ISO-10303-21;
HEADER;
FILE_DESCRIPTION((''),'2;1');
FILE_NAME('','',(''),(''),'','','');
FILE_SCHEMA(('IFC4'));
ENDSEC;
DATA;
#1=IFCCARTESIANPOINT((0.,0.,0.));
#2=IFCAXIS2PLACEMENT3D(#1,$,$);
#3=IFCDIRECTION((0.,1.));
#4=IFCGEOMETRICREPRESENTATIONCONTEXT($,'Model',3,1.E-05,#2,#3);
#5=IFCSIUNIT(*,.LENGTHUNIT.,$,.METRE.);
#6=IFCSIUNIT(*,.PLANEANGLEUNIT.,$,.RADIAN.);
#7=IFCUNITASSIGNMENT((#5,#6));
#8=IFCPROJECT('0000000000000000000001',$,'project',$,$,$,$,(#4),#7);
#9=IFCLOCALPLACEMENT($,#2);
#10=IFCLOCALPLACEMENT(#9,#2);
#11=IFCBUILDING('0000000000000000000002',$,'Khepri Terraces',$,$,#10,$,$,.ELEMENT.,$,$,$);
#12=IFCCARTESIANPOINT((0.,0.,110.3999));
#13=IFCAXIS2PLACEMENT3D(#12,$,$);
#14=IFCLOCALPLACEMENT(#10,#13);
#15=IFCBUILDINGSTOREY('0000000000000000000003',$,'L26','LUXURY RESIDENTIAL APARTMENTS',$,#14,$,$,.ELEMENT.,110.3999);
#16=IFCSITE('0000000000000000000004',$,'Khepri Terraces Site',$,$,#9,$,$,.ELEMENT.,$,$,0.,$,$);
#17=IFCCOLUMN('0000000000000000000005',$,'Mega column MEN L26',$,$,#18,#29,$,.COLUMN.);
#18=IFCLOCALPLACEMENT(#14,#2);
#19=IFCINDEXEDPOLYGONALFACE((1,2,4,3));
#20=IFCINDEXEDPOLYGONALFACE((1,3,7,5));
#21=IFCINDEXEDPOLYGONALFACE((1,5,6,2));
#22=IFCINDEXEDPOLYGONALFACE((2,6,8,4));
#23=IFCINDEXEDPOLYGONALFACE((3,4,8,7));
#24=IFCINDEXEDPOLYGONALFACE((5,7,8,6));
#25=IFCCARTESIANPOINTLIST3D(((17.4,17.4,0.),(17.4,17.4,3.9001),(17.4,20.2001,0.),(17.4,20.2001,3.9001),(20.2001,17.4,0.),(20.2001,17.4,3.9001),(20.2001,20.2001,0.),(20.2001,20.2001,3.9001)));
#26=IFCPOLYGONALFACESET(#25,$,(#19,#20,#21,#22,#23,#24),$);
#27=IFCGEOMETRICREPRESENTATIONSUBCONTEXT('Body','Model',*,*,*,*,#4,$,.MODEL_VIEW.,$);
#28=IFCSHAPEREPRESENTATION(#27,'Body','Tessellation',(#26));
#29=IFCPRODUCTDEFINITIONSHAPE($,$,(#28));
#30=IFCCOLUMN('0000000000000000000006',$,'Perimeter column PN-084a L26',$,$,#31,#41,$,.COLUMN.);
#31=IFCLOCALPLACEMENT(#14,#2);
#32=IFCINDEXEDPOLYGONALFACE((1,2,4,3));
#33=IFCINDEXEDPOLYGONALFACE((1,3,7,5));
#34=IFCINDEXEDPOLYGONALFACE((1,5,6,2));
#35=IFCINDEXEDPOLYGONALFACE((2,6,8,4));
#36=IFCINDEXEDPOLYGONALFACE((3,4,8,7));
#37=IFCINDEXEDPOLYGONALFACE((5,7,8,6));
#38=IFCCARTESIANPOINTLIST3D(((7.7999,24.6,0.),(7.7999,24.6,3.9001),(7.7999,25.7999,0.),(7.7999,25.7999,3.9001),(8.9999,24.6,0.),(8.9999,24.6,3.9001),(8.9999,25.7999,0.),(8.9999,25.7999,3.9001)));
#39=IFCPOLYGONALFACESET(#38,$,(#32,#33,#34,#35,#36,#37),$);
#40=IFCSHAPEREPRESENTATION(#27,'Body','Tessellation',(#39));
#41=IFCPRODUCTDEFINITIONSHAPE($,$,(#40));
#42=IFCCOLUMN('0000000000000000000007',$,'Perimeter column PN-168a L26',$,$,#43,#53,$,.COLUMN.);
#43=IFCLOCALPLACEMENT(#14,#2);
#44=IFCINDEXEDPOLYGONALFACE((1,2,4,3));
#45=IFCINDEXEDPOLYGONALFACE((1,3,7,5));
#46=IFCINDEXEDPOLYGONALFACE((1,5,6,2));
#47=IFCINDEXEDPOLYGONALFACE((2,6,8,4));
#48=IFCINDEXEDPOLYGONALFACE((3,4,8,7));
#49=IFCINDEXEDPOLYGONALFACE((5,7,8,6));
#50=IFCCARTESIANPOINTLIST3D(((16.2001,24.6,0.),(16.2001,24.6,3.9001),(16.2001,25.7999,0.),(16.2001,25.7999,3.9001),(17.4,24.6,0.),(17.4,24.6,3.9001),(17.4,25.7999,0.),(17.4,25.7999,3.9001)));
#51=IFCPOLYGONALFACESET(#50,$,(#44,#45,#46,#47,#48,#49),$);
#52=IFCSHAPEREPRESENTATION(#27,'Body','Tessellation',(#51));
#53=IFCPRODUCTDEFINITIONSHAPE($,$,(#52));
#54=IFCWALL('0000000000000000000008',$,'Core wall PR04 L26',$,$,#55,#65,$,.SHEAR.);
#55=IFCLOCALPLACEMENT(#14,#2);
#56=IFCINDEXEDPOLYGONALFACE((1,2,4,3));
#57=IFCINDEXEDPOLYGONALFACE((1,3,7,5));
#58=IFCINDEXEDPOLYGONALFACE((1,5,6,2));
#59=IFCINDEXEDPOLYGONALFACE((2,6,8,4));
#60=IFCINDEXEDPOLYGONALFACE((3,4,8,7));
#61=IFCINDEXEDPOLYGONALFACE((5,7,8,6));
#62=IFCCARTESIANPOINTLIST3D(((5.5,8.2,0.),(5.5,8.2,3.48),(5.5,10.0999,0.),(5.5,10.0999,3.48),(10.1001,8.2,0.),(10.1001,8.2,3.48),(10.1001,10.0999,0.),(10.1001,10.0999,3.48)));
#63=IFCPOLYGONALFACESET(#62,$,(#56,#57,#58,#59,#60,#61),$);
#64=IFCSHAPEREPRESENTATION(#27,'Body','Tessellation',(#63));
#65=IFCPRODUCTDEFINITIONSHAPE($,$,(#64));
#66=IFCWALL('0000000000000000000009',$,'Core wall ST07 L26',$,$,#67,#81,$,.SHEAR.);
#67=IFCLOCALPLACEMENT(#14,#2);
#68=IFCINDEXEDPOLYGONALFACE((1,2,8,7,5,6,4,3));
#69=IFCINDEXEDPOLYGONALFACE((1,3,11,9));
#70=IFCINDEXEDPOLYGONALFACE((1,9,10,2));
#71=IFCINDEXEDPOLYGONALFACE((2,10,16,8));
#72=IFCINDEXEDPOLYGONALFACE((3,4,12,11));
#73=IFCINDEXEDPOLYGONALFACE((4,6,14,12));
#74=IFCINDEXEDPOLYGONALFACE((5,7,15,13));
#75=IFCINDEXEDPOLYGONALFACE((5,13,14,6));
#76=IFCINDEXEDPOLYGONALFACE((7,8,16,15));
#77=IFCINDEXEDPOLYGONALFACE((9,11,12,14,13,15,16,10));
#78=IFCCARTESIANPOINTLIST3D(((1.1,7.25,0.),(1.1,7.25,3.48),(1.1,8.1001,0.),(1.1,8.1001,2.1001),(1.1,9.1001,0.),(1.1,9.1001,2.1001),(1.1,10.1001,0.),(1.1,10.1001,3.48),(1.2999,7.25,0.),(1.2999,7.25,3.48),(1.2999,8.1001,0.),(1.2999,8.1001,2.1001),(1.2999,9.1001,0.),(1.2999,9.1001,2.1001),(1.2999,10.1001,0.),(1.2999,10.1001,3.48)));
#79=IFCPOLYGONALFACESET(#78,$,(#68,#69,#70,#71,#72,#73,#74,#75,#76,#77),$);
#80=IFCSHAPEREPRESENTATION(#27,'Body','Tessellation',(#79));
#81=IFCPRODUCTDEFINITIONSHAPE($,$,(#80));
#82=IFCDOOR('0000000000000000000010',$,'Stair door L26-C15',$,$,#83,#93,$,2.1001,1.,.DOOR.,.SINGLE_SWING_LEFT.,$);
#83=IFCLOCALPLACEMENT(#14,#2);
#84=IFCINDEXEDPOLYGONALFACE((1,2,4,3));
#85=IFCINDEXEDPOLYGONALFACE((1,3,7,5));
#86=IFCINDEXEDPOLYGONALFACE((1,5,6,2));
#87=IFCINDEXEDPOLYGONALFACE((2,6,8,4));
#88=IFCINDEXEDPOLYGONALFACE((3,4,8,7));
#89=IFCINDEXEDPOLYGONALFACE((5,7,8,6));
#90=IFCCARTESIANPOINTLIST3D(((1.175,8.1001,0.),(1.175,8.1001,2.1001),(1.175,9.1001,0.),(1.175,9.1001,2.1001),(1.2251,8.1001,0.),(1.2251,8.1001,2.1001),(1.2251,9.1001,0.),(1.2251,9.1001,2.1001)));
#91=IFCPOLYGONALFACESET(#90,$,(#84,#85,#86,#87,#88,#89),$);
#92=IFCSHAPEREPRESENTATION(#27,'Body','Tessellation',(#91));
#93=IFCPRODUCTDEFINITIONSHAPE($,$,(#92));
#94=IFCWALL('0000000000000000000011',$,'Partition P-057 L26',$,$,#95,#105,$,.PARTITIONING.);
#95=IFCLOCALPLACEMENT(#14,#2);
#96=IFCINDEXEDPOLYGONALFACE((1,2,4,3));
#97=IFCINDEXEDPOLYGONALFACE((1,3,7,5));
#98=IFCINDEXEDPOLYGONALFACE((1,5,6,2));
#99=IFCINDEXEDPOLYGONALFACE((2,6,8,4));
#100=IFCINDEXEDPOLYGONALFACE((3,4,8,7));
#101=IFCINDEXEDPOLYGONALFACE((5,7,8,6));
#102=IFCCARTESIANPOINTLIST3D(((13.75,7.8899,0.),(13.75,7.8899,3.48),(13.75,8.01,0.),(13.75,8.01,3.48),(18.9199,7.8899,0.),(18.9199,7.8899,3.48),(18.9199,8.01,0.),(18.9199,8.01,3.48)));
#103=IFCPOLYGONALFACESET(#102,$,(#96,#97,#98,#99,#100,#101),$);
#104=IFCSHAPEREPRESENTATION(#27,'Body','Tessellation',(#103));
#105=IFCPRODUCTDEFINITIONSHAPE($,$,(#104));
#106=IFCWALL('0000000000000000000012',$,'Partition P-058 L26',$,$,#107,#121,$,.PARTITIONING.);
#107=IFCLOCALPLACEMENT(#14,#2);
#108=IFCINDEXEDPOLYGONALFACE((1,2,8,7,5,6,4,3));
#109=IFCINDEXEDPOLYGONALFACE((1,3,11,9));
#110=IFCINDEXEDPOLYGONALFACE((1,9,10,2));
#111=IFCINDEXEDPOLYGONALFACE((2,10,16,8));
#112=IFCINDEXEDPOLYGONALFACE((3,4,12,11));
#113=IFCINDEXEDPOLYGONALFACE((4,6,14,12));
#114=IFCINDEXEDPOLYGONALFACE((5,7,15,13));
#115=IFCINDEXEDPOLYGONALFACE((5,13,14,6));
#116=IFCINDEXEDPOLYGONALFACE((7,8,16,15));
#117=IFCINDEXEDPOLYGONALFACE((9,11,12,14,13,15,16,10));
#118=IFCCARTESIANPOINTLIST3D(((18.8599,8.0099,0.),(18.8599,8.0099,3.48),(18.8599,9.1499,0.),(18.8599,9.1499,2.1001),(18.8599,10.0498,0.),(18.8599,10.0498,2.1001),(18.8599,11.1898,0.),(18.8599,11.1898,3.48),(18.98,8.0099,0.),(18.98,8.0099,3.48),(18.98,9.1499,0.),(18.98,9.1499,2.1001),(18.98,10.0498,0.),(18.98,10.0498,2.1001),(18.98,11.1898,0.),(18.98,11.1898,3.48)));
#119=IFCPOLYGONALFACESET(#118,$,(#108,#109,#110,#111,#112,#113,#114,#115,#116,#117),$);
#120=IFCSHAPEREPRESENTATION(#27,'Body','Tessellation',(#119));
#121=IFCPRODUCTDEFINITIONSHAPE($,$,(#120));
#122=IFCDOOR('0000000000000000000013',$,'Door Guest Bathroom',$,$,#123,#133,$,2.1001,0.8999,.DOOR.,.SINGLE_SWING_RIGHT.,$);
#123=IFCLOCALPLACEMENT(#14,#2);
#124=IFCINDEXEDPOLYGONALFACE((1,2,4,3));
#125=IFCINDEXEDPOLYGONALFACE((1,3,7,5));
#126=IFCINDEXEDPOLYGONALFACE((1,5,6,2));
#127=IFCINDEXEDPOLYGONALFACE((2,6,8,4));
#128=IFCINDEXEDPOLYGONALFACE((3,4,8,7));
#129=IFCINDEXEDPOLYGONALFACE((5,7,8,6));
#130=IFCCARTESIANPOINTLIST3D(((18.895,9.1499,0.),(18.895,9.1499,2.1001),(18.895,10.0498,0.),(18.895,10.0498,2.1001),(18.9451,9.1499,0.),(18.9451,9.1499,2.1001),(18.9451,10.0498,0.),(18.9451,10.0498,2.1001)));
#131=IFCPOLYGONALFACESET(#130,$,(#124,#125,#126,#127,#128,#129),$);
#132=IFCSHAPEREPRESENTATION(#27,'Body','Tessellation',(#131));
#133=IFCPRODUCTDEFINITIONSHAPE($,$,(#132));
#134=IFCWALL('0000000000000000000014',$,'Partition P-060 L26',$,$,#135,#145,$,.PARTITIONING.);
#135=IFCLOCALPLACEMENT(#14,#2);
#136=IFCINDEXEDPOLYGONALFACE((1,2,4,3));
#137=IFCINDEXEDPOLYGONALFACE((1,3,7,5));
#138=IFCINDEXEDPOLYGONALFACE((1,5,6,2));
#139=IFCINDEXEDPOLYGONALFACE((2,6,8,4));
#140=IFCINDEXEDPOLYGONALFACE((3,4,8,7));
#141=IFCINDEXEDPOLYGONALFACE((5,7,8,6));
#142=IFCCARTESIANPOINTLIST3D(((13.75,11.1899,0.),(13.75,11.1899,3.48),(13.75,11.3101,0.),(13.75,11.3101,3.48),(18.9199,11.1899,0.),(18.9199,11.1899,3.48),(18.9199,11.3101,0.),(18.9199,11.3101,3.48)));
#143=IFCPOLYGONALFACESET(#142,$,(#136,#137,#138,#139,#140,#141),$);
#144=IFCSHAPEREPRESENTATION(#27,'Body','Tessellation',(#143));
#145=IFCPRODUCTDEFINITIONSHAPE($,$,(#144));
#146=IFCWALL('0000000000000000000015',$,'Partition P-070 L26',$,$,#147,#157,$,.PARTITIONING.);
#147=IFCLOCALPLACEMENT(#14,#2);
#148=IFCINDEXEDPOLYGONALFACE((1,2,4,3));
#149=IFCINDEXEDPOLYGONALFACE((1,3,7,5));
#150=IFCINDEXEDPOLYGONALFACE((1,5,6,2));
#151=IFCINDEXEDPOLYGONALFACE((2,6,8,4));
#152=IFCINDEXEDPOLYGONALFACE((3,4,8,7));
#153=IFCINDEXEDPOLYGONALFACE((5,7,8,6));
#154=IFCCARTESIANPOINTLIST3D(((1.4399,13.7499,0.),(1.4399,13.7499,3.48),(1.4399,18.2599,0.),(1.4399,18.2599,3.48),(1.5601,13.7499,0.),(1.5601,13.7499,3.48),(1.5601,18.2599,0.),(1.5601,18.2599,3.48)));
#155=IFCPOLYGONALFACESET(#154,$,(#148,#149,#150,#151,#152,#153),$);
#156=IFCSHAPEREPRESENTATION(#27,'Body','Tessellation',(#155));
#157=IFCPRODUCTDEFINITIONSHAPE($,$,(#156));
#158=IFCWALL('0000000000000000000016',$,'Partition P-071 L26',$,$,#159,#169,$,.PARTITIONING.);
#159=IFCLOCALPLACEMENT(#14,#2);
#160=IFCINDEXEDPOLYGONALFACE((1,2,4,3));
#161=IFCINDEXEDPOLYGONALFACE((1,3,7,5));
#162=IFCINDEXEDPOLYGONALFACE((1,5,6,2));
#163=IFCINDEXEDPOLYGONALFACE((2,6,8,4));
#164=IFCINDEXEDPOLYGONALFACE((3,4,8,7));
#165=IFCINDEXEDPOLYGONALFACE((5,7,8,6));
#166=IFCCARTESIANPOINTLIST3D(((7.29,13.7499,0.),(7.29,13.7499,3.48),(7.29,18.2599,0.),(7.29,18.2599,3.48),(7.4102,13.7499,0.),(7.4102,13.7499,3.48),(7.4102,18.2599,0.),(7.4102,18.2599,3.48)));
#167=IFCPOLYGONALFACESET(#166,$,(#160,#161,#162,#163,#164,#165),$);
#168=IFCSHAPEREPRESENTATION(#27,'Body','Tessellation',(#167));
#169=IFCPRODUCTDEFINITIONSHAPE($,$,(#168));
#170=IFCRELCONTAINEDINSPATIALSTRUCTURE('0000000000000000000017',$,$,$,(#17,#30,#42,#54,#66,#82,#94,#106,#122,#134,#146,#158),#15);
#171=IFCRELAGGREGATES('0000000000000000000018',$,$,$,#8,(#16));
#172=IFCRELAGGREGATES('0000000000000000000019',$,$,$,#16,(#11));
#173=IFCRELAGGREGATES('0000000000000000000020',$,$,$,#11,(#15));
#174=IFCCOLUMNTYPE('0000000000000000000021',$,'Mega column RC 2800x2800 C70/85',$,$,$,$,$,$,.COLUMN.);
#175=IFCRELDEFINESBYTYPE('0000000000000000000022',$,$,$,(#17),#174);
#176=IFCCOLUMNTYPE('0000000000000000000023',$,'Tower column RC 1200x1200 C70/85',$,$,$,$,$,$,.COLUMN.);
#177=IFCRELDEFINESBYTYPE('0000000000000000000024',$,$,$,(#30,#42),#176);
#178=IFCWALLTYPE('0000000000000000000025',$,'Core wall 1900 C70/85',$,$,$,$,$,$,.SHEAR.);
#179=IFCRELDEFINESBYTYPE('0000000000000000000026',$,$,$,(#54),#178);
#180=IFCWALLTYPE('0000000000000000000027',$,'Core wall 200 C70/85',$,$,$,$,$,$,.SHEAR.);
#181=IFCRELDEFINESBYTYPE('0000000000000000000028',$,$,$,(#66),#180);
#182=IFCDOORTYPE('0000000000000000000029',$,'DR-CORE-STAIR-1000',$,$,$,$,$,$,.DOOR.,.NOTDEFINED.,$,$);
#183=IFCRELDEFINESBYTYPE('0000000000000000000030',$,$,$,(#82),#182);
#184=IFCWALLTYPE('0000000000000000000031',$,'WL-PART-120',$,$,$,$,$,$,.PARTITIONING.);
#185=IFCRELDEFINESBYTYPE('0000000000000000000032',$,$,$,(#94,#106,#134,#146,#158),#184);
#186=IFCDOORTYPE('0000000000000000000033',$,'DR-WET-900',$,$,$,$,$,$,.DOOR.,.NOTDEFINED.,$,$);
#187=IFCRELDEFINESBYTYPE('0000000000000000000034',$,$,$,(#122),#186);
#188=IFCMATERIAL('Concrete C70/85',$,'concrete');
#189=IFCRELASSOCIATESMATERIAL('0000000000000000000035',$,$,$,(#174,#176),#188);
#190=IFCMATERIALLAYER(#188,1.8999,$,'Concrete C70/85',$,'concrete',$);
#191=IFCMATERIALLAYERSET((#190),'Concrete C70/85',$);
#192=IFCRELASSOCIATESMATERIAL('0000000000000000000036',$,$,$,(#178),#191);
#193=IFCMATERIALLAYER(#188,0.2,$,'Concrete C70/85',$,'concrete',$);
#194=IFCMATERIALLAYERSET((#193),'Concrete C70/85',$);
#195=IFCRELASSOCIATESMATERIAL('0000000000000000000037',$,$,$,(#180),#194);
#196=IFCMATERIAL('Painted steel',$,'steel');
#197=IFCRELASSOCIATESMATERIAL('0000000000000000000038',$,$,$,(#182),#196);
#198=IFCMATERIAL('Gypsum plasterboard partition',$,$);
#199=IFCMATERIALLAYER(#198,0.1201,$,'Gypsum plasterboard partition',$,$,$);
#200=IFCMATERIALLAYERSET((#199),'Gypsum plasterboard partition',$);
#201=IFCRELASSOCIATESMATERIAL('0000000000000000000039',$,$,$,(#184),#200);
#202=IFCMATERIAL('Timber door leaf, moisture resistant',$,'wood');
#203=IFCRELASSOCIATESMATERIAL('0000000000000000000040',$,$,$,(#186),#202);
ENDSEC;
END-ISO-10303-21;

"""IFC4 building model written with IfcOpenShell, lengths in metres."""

from ifc_helpers import new_model, si_unit, direction, frame, frame_2d, origin, origin_2d, place, context, subcontext, project, spatial, rectangle, extrude, material, layer, layer_set, material_profile, profile_set, type_object, element, fill, save


model = new_model("IFC4")

# Units and contexts
model_context = context("Model", 3, precision=1e-05, world=origin(), true_north=direction((0.0, 1.0)))
body_context = subcontext(model_context, "Body", "Model", "MODEL_VIEW")
ifc_project = project(units=[si_unit("LENGTHUNIT", "METRE"), si_unit("PLANEANGLEUNIT", "RADIAN")], contexts=[model_context])

# Site, building, storey
site_placement = place(None, origin())
site = spatial("IfcSite", under=ifc_project, at=site_placement, Name="Khepri Terraces Site", CompositionType="ELEMENT", RefElevation=0.0)
building_placement = place(site_placement, origin())
building = spatial("IfcBuilding", under=site, at=building_placement, Name="Khepri Terraces", CompositionType="ELEMENT")
storey_placement = place(building_placement, frame((0.0, 0.0, 110.3999)))
storey = spatial("IfcBuildingStorey", under=building, at=storey_placement, Name="L26", Description="LUXURY RESIDENTIAL APARTMENTS", CompositionType="ELEMENT", Elevation=110.3999)

# Columns
ifc_material_1 = material(Name="Concrete C70/85", Category="concrete")
ifc_material_profile_1 = material_profile(ifc_material_1, rectangle(XDim=2.8, YDim=2.8, at=origin_2d()), Name="Concrete C70/85", Category="concrete")
ifc_profile_set_1 = profile_set([ifc_material_profile_1], Name="Concrete C70/85")
column_type_1 = type_object("IfcColumnType", Name="Mega column RC 2800x2800 C70/85", PredefinedType="COLUMN", material=ifc_profile_set_1)
column_placement = place(storey_placement, frame((18.8, 18.8, 0.0), z_axis=(0.0, 0.0, 1.0), x_axis=(1.0, 0.0, 0.0)))
element("IfcColumn", 1, at=column_placement, inside=storey, type_object=column_type_1, Name="Mega column MEN L26", PredefinedType="COLUMN", context=body_context, shape_type="SweptSolid", body=[
    extrude(rectangle(XDim=2.8, YDim=2.8, at=origin_2d()), origin(), (0.0, 0.0, 1.0), 3.9001),
])
ifc_material_profile_2 = material_profile(ifc_material_1, rectangle(XDim=1.2, YDim=1.2, at=origin_2d()), Name="Concrete C70/85", Category="concrete")
ifc_profile_set_2 = profile_set([ifc_material_profile_2], Name="Concrete C70/85")
column_type_2 = type_object("IfcColumnType", Name="Tower column RC 1200x1200 C70/85", PredefinedType="COLUMN", material=ifc_profile_set_2)
for number, where, z_axis, x_axis, name in (
    (2, (8.3999, 25.2, 0.0), (0.0, 0.0, 1.0), (1.0, 0.0, 0.0), "Perimeter column PN-084a L26"),
    (3, (16.8, 25.2, 0.0), (0.0, 0.0, 1.0), (1.0, 0.0, 0.0), "Perimeter column PN-168a L26"),
):
    element("IfcColumn", number, at=place(storey_placement, frame(where, z_axis=z_axis, x_axis=x_axis)), inside=storey, type_object=column_type_2, Name=name, PredefinedType="COLUMN", context=body_context, shape_type="SweptSolid", body=[
        extrude(rectangle(XDim=1.2, YDim=1.2, at=origin_2d()), origin(), (0.0, 0.0, 1.0), 3.9001),
    ])

# Wall
ifc_layer_1 = layer(ifc_material_1, 1.8999, Name="Concrete C70/85", Category="concrete")
ifc_layer_set_1 = layer_set([ifc_layer_1], Name="Concrete C70/85")
wall_type_1 = type_object("IfcWallType", Name="Core wall 1900 C70/85", PredefinedType="SHEAR", material=ifc_layer_set_1)
wall_1_placement = place(storey_placement, frame((5.5, 9.1499, 0.0), z_axis=(0.0, 0.0, 1.0), x_axis=(1.0, 0.0, 0.0)))
element("IfcWall", 4, at=wall_1_placement, inside=storey, type_object=wall_type_1, Name="Core wall PR04 L26", PredefinedType="SHEAR", context=body_context, shape_type="SweptSolid", body=[
    extrude(rectangle(XDim=4.6001, YDim=1.8999, at=frame_2d((2.3, 0.0))), origin(), (0.0, 0.0, 1.0), 3.48),
])

# Wall, opening, door
ifc_layer_2 = layer(ifc_material_1, 0.2, Name="Concrete C70/85", Category="concrete")
ifc_layer_set_2 = layer_set([ifc_layer_2], Name="Concrete C70/85")
wall_type_2 = type_object("IfcWallType", Name="Core wall 200 C70/85", PredefinedType="SHEAR", material=ifc_layer_set_2)
wall_2_placement = place(storey_placement, frame((1.2, 7.25, 0.0), z_axis=(0.0, 0.0, 1.0), x_axis=(0.0, 1.0, 0.0)))
wall_2 = element("IfcWall", 5, at=wall_2_placement, inside=storey, type_object=wall_type_2, Name="Core wall ST07 L26", PredefinedType="SHEAR", context=body_context, shape_type="SweptSolid", body=[
    extrude(rectangle(XDim=2.8501, YDim=0.2, at=frame_2d((1.425, 0.0))), origin(), (0.0, 0.0, 1.0), 3.48),
])
opening_1_placement = place(wall_2_placement, frame((0.8501, 0.0, 0.0)))
opening_1 = element("IfcOpeningElement", 6, at=opening_1_placement, cuts=wall_2, PredefinedType="OPENING", context=body_context, shape_type="SweptSolid", body=[
    extrude(rectangle(XDim=1.0, YDim=2.1001, at=frame_2d((0.5, 1.05))), frame((0.0, 0.1099, 0.0), z_axis=(0.0, -1.0, 0.0), x_axis=(1.0, 0.0, 0.0)), (0.0, 0.0, 1.0), 0.22),
])
ifc_material_2 = material(Name="Painted steel", Category="steel")
door_type_1 = type_object("IfcDoorType", Name="DR-CORE-STAIR-1000", OperationType="NOTDEFINED", PredefinedType="DOOR", material=ifc_material_2)
door_1_placement = place(opening_1_placement, origin())
door_1 = element("IfcDoor", 7, at=door_1_placement, inside=storey, type_object=door_type_1, Name="Stair door L26-C15", OperationType="SINGLE_SWING_LEFT", OverallHeight=2.1001, OverallWidth=1.0, PredefinedType="DOOR", context=body_context, shape_type="SweptSolid", body=[
    extrude(rectangle(XDim=1.0, YDim=2.1001, at=frame_2d((0.5, 1.05))), frame((0.0, 0.0249, 0.0), z_axis=(0.0, -1.0, 0.0), x_axis=(1.0, 0.0, 0.0)), (0.0, 0.0, 1.0), 0.05),
])
fill(opening_1, door_1)

# Wall
ifc_material_3 = material(Name="Gypsum plasterboard partition")
ifc_layer_3 = layer(ifc_material_3, 0.1201, Name="Gypsum plasterboard partition")
ifc_layer_set_3 = layer_set([ifc_layer_3], Name="Gypsum plasterboard partition")
wall_type_3 = type_object("IfcWallType", Name="WL-PART-120", PredefinedType="PARTITIONING", material=ifc_layer_set_3)
wall_3_placement = place(storey_placement, frame((13.75, 7.95, 0.0), z_axis=(0.0, 0.0, 1.0), x_axis=(1.0, 0.0, 0.0)))
element("IfcWall", 8, at=wall_3_placement, inside=storey, type_object=wall_type_3, Name="Partition P-057 L26", PredefinedType="PARTITIONING", context=body_context, shape_type="SweptSolid", body=[
    extrude(rectangle(XDim=5.1699, YDim=0.1201, at=frame_2d((2.585, 0.0))), origin(), (0.0, 0.0, 1.0), 3.48),
])

# Wall, opening, door
wall_4_placement = place(storey_placement, frame((18.9199, 8.01, 0.0), z_axis=(0.0, 0.0, 1.0), x_axis=(0.0, 1.0, 0.0)))
wall_4 = element("IfcWall", 9, at=wall_4_placement, inside=storey, type_object=wall_type_3, Name="Partition P-058 L26", PredefinedType="PARTITIONING", context=body_context, shape_type="SweptSolid", body=[
    extrude(rectangle(XDim=3.1799, YDim=0.1201, at=frame_2d((1.5898, 0.0))), origin(), (0.0, 0.0, 1.0), 3.48),
])
opening_2_placement = place(wall_4_placement, frame((1.1399, 0.0, 0.0)))
opening_2 = element("IfcOpeningElement", 10, at=opening_2_placement, cuts=wall_4, PredefinedType="OPENING", context=body_context, shape_type="SweptSolid", body=[
    extrude(rectangle(XDim=0.8999, YDim=2.1001, at=frame_2d((0.45, 1.05))), frame((0.0, 0.0701, 0.0), z_axis=(0.0, -1.0, 0.0), x_axis=(1.0, 0.0, 0.0)), (0.0, 0.0, 1.0), 0.1401),
])
ifc_material_4 = material(Name="Timber door leaf, moisture resistant", Category="wood")
door_type_2 = type_object("IfcDoorType", Name="DR-WET-900", OperationType="NOTDEFINED", PredefinedType="DOOR", material=ifc_material_4)
door_2_placement = place(opening_2_placement, origin())
door_2 = element("IfcDoor", 11, at=door_2_placement, inside=storey, type_object=door_type_2, Name="Door Guest Bathroom", OperationType="SINGLE_SWING_RIGHT", OverallHeight=2.1001, OverallWidth=0.8999, PredefinedType="DOOR", context=body_context, shape_type="SweptSolid", body=[
    extrude(rectangle(XDim=0.8999, YDim=2.1001, at=frame_2d((0.45, 1.05))), frame((0.0, 0.0249, 0.0), z_axis=(0.0, -1.0, 0.0), x_axis=(1.0, 0.0, 0.0)), (0.0, 0.0, 1.0), 0.05),
])
fill(opening_2, door_2)

# Walls
wall_5_placement = place(storey_placement, frame((13.75, 11.25, 0.0), z_axis=(0.0, 0.0, 1.0), x_axis=(1.0, 0.0, 0.0)))
element("IfcWall", 12, at=wall_5_placement, inside=storey, type_object=wall_type_3, Name="Partition P-060 L26", PredefinedType="PARTITIONING", context=body_context, shape_type="SweptSolid", body=[
    extrude(rectangle(XDim=5.1699, YDim=0.1201, at=frame_2d((2.585, 0.0))), origin(), (0.0, 0.0, 1.0), 3.48),
])
for number, where, z_axis, x_axis, name in (
    (13, (1.5, 13.75, 0.0), (0.0, 0.0, 1.0), (0.0, 1.0, 0.0), "Partition P-070 L26"),
    (14, (7.3501, 13.75, 0.0), (0.0, 0.0, 1.0), (0.0, 1.0, 0.0), "Partition P-071 L26"),
):
    element("IfcWall", number, at=place(storey_placement, frame(where, z_axis=z_axis, x_axis=x_axis)), inside=storey, type_object=wall_type_3, Name=name, PredefinedType="PARTITIONING", context=body_context, shape_type="SweptSolid", body=[
        extrude(rectangle(XDim=4.51, YDim=0.1201, at=frame_2d((2.2549, 0.0))), origin(), (0.0, 0.0, 1.0), 3.48),
    ])

save(model, "model.ifc")
